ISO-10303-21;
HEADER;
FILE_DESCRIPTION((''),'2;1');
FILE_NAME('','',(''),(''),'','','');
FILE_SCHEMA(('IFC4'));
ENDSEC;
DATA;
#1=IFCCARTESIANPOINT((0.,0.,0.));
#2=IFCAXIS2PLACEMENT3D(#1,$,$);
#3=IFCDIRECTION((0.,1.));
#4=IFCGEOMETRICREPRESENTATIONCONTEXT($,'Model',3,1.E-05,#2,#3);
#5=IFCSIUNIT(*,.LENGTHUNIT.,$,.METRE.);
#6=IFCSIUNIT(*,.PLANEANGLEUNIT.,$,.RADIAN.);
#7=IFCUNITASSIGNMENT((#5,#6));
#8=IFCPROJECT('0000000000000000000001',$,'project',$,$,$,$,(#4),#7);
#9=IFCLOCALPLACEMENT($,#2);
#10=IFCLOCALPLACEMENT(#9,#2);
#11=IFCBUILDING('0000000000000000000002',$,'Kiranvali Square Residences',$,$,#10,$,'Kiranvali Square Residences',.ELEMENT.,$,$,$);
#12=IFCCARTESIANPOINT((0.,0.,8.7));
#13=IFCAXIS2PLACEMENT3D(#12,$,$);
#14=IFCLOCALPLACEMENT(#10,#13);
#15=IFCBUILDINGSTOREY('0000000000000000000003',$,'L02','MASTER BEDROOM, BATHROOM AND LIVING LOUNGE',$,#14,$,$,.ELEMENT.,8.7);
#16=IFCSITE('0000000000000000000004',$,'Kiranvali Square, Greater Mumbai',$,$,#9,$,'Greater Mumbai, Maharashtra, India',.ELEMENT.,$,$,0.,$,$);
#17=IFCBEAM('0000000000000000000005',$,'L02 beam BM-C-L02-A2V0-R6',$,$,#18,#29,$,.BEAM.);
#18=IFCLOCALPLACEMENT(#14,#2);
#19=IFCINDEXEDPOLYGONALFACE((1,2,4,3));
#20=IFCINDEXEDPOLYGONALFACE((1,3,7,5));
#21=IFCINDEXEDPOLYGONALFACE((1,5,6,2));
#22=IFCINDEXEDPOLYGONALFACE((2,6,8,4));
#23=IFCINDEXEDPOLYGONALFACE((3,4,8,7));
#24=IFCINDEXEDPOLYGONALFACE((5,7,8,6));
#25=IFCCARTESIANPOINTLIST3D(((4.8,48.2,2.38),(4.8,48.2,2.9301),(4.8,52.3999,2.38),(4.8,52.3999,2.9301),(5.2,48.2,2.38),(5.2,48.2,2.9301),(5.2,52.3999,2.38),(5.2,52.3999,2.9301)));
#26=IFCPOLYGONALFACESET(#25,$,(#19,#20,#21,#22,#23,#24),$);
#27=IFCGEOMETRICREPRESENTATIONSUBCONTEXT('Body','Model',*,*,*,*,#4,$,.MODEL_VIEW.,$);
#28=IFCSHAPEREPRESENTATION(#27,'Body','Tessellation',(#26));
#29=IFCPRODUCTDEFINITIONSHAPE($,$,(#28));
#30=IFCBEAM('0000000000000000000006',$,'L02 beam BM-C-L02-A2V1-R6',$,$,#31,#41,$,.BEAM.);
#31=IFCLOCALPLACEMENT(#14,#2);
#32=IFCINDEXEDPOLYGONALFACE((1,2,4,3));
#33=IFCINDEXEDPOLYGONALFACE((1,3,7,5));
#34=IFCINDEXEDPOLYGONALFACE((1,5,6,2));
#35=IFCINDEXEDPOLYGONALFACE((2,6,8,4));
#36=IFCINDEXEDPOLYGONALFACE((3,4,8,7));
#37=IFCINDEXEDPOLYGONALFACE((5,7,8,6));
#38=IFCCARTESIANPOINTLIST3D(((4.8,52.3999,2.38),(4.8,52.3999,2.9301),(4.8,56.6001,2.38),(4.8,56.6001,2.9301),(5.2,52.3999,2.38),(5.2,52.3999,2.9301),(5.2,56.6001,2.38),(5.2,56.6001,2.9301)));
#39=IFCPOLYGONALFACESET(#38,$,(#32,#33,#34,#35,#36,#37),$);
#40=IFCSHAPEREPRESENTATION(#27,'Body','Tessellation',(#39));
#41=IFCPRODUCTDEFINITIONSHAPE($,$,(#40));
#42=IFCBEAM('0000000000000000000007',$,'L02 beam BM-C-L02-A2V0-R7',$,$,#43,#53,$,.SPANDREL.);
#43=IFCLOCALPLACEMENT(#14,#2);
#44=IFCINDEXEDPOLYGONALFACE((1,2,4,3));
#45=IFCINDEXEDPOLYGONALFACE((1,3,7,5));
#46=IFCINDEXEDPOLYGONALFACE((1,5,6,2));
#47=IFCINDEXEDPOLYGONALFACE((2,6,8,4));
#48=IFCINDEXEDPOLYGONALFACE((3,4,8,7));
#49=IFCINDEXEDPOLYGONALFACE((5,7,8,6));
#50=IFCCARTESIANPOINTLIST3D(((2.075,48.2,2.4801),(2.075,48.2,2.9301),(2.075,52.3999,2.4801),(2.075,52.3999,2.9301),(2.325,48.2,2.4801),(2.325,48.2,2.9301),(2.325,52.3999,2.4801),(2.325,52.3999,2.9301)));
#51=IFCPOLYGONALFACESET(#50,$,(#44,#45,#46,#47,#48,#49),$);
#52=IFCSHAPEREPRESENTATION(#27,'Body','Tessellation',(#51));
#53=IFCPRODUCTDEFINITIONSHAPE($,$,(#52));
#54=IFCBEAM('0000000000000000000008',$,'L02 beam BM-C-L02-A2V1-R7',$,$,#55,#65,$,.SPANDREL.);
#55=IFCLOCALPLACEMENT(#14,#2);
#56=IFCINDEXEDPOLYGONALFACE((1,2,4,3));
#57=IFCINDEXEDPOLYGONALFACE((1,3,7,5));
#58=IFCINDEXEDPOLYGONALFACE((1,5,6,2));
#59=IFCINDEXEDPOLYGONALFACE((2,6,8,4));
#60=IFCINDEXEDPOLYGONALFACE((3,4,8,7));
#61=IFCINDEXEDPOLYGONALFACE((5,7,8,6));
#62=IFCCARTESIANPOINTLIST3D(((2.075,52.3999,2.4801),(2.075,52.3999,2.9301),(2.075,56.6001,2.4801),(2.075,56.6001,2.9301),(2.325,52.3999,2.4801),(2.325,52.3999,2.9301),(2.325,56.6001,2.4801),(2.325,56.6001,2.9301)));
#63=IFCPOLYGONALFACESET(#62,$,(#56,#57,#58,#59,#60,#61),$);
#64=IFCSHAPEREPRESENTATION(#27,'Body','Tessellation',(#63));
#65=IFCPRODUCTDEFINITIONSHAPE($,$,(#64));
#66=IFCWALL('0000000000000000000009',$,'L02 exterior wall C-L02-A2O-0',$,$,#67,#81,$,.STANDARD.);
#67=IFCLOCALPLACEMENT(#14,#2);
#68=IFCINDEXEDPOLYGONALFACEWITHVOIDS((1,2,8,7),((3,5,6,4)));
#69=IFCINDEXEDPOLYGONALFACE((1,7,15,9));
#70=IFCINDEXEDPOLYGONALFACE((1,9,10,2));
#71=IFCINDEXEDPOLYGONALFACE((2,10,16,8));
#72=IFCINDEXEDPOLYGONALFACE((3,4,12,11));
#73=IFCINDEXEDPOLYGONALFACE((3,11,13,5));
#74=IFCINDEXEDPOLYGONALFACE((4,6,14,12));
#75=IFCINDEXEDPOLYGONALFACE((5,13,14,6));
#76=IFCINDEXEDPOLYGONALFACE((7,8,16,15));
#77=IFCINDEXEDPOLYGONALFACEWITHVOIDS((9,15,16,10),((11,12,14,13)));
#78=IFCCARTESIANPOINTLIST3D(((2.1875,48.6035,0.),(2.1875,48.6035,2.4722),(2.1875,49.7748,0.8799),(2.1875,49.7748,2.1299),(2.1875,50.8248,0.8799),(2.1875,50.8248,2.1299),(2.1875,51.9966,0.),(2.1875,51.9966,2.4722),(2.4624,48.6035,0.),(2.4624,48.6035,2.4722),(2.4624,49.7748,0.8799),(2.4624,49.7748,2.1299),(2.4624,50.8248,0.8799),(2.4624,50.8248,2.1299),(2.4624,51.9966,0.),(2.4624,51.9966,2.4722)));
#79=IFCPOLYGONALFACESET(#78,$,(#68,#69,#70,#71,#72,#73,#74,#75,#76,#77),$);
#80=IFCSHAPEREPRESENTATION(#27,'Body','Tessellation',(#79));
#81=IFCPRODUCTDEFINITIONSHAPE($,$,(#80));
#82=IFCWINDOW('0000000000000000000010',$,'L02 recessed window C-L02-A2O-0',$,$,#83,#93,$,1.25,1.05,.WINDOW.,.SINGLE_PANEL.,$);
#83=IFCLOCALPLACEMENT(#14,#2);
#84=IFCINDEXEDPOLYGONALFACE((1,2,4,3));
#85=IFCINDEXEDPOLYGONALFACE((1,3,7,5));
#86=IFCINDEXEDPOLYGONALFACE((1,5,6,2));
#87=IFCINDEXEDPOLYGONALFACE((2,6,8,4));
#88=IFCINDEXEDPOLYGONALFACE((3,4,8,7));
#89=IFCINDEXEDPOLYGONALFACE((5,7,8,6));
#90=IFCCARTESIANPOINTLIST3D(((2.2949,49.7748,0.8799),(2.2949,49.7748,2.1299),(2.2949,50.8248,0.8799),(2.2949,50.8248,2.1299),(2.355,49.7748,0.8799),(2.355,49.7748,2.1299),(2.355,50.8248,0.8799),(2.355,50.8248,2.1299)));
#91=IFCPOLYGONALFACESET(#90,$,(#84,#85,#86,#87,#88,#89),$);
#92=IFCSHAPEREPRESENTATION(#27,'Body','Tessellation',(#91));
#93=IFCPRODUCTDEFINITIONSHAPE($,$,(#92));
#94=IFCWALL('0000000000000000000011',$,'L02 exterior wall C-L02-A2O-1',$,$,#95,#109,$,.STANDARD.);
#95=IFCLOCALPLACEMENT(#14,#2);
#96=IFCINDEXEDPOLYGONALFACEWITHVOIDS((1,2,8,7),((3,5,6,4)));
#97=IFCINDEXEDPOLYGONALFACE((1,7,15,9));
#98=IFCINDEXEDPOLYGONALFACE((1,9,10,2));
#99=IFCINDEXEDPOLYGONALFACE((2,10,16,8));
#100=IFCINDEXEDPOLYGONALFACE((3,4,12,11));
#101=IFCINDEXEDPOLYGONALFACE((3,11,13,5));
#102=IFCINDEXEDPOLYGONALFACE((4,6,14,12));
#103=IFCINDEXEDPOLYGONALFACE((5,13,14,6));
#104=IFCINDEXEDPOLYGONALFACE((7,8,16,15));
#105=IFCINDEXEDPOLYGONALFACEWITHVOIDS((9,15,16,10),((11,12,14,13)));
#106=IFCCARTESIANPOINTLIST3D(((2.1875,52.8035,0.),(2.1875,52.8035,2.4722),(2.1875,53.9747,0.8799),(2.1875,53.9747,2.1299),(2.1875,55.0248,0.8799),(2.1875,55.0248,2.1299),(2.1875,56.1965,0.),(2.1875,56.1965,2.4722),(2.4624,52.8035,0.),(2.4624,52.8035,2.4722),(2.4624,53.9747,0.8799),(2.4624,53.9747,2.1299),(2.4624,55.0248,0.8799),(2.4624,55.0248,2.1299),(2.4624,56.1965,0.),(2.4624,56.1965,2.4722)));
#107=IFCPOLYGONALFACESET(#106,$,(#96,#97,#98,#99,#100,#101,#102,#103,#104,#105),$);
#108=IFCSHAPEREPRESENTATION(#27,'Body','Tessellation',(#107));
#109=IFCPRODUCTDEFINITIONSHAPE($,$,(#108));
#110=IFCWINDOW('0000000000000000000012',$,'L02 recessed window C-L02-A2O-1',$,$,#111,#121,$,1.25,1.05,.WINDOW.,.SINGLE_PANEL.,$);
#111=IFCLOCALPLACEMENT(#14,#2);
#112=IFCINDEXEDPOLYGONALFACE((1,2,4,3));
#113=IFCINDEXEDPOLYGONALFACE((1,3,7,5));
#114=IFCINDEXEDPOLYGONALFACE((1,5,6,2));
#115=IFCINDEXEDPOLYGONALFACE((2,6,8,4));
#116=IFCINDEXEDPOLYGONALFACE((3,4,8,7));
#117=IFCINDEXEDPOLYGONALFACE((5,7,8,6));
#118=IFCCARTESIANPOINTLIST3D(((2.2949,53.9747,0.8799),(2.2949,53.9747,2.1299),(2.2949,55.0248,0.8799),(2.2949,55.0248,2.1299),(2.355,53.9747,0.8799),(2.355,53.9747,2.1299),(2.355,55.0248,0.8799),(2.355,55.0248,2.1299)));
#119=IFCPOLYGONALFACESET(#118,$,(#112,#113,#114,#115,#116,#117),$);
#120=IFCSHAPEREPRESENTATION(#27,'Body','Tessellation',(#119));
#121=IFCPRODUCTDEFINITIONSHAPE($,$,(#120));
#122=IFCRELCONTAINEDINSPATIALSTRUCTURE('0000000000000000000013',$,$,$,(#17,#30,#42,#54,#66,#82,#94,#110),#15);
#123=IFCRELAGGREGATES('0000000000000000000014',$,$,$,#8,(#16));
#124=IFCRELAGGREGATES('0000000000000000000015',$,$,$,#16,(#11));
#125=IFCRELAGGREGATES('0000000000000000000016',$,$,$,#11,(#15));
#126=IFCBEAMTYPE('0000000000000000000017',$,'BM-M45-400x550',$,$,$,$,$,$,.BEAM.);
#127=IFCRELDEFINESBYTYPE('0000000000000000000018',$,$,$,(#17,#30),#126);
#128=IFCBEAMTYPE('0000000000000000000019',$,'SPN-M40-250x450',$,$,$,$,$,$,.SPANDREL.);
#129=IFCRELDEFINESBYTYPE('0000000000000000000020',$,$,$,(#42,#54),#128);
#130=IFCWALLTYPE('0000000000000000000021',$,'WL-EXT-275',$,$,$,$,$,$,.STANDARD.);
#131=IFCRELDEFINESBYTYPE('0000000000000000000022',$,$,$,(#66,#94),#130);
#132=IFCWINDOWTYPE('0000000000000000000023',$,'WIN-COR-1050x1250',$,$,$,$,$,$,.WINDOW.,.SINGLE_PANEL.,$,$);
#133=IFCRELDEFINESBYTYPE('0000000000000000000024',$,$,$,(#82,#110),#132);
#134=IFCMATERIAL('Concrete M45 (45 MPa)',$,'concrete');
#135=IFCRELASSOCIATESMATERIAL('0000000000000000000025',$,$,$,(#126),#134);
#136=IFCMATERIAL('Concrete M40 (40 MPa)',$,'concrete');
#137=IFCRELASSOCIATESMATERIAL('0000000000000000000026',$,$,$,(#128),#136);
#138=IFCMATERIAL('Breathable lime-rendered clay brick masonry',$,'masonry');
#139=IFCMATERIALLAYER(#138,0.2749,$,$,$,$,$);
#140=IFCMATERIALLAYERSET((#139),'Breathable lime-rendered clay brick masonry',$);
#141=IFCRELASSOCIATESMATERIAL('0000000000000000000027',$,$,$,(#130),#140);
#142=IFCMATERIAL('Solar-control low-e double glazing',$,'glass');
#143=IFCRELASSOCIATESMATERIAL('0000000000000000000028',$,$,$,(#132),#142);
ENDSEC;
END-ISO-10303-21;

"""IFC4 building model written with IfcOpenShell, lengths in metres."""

from ifc_helpers import new_model, si_unit, direction, frame, frame_2d, origin, origin_2d, place, context, subcontext, project, spatial, rectangle, extrude, material, layer, layer_set, material_profile, profile_set, type_object, element, fill, save


model = new_model("IFC4")

# Units and contexts
model_context = context("Model", 3, precision=1e-05, world=origin(), true_north=direction((0.0, 1.0)))
body_context = subcontext(model_context, "Body", "Model", "MODEL_VIEW")
ifc_project = project(units=[si_unit("LENGTHUNIT", "METRE"), si_unit("PLANEANGLEUNIT", "RADIAN")], contexts=[model_context])

# Site, building, storey
site_placement = place(None, origin())
site = spatial("IfcSite", under=ifc_project, at=site_placement, Name="Kiranvali Square, Greater Mumbai", LongName="Greater Mumbai, Maharashtra, India", CompositionType="ELEMENT", RefElevation=0.0)
building_placement = place(site_placement, origin())
building = spatial("IfcBuilding", under=site, at=building_placement, Name="Kiranvali Square Residences", LongName="Kiranvali Square Residences", CompositionType="ELEMENT")
storey_placement = place(building_placement, frame((0.0, 0.0, 8.7)))
storey = spatial("IfcBuildingStorey", under=building, at=storey_placement, Name="L02", Description="MASTER BEDROOM, BATHROOM AND LIVING LOUNGE", CompositionType="ELEMENT", Elevation=8.7)

# Beams
ifc_material_1 = material(Name="Concrete M40 (40 MPa)", Category="concrete")
ifc_material_2 = material(Name="Concrete M45 (45 MPa)", Category="concrete")
ifc_material_profile_1 = material_profile(ifc_material_2, rectangle(XDim=0.3999, YDim=0.55, at=origin_2d()), Name="RC 400x550")
ifc_profile_set_1 = profile_set([ifc_material_profile_1], Name="Concrete M45 (45 MPa)")
beam_type_1 = type_object("IfcBeamType", Name="BM-M45-400x550", PredefinedType="BEAM", material=ifc_profile_set_1)
beam_1_placement = place(storey_placement, frame((5.0, 48.2, 2.655), z_axis=(0.0, 1.0, 0.0), x_axis=(-1.0, 0.0, 0.0)))
element("IfcBeam", 1, at=beam_1_placement, inside=storey, type_object=beam_type_1, Name="L02 beam BM-C-L02-A2V0-R6", PredefinedType="BEAM", context=body_context, shape_type="SweptSolid", body=[
    extrude(rectangle(XDim=0.3999, YDim=0.55, at=origin_2d()), origin(), (0.0, 0.0, 1.0), 4.2),
])
beam_2_placement = place(storey_placement, frame((5.0, 52.3999, 2.655), z_axis=(0.0, 1.0, 0.0), x_axis=(-1.0, 0.0, 0.0)))
element("IfcBeam", 2, at=beam_2_placement, inside=storey, type_object=beam_type_1, Name="L02 beam BM-C-L02-A2V1-R6", PredefinedType="BEAM", context=body_context, shape_type="SweptSolid", body=[
    extrude(rectangle(XDim=0.3999, YDim=0.55, at=origin_2d()), origin(), (0.0, 0.0, 1.0), 4.2002),
])
ifc_material_profile_2 = material_profile(ifc_material_1, rectangle(XDim=0.25, YDim=0.45, at=origin_2d()), Name="RC 250x450")
ifc_profile_set_2 = profile_set([ifc_material_profile_2], Name="Concrete M40 (40 MPa)")
beam_type_2 = type_object("IfcBeamType", Name="SPN-M40-250x450", PredefinedType="SPANDREL", material=ifc_profile_set_2)
beam_3_placement = place(storey_placement, frame((2.2, 48.2, 2.7051), z_axis=(0.0, 1.0, 0.0), x_axis=(-1.0, 0.0, 0.0)))
element("IfcBeam", 3, at=beam_3_placement, inside=storey, type_object=beam_type_2, Name="L02 beam BM-C-L02-A2V0-R7", PredefinedType="SPANDREL", context=body_context, shape_type="SweptSolid", body=[
    extrude(rectangle(XDim=0.25, YDim=0.45, at=origin_2d()), origin(), (0.0, 0.0, 1.0), 4.2),
])
beam_4_placement = place(storey_placement, frame((2.2, 52.3999, 2.7051), z_axis=(0.0, 1.0, 0.0), x_axis=(-1.0, 0.0, 0.0)))
element("IfcBeam", 4, at=beam_4_placement, inside=storey, type_object=beam_type_2, Name="L02 beam BM-C-L02-A2V1-R7", PredefinedType="SPANDREL", context=body_context, shape_type="SweptSolid", body=[
    extrude(rectangle(XDim=0.25, YDim=0.45, at=origin_2d()), origin(), (0.0, 0.0, 1.0), 4.2002),
])

# Walls, openings, windows
ifc_material_3 = material(Name="Breathable lime-rendered clay brick masonry", Category="masonry")
ifc_layer = layer(ifc_material_3, 0.2749)
ifc_layer_set = layer_set([ifc_layer], Name="Breathable lime-rendered clay brick masonry")
wall_type = type_object("IfcWallType", Name="WL-EXT-275", PredefinedType="STANDARD", material=ifc_layer_set)
wall_1_placement = place(storey_placement, frame((2.325, 48.6035, 0.0), z_axis=(0.0, 0.0, 1.0), x_axis=(0.0, 1.0, 0.0)))
wall_1 = element("IfcWall", 5, at=wall_1_placement, inside=storey, type_object=wall_type, Name="L02 exterior wall C-L02-A2O-0", PredefinedType="STANDARD", context=body_context, shape_type="SweptSolid", body=[
    extrude(rectangle(XDim=3.3931, YDim=0.2749, at=frame_2d((1.6965, 0.0))), origin(), (0.0, 0.0, 1.0), 2.4722),
])
opening_1_placement = place(wall_1_placement, frame((1.1714, 0.0, 0.8799)))
opening_1 = element("IfcOpeningElement", 6, at=opening_1_placement, cuts=wall_1, PredefinedType="OPENING", context=body_context, shape_type="SweptSolid", body=[
    extrude(rectangle(XDim=1.05, YDim=1.25, at=frame_2d((0.5249, 0.625))), frame((0.0, 0.1475, 0.0), z_axis=(0.0, -1.0, 0.0), x_axis=(1.0, 0.0, 0.0)), (0.0, 0.0, 1.0), 0.2949),
])
ifc_material_4 = material(Name="Solar-control low-e double glazing", Category="glass")
window_type = type_object("IfcWindowType", Name="WIN-COR-1050x1250", PartitioningType="SINGLE_PANEL", PredefinedType="WINDOW", material=ifc_material_4)
window_1_placement = place(opening_1_placement, origin())
window_1 = element("IfcWindow", 7, at=window_1_placement, inside=storey, type_object=window_type, Name="L02 recessed window C-L02-A2O-0", OverallHeight=1.25, OverallWidth=1.05, PartitioningType="SINGLE_PANEL", PredefinedType="WINDOW", context=body_context, shape_type="SweptSolid", body=[
    extrude(rectangle(XDim=1.05, YDim=1.25, at=frame_2d((0.5249, 0.625))), frame((0.0, 0.03, 0.0), z_axis=(0.0, -1.0, 0.0), x_axis=(1.0, 0.0, 0.0)), (0.0, 0.0, 1.0), 0.0601),
])
fill(opening_1, window_1)
wall_2_placement = place(storey_placement, frame((2.325, 52.8035, 0.0), z_axis=(0.0, 0.0, 1.0), x_axis=(0.0, 1.0, 0.0)))
wall_2 = element("IfcWall", 8, at=wall_2_placement, inside=storey, type_object=wall_type, Name="L02 exterior wall C-L02-A2O-1", PredefinedType="STANDARD", context=body_context, shape_type="SweptSolid", body=[
    extrude(rectangle(XDim=3.3931, YDim=0.2749, at=frame_2d((1.6965, 0.0))), origin(), (0.0, 0.0, 1.0), 2.4722),
])
opening_2_placement = place(wall_2_placement, frame((1.1714, 0.0, 0.8799)))
opening_2 = element("IfcOpeningElement", 9, at=opening_2_placement, cuts=wall_2, PredefinedType="OPENING", context=body_context, shape_type="SweptSolid", body=[
    extrude(rectangle(XDim=1.05, YDim=1.25, at=frame_2d((0.5249, 0.625))), frame((0.0, 0.1475, 0.0), z_axis=(0.0, -1.0, 0.0), x_axis=(1.0, 0.0, 0.0)), (0.0, 0.0, 1.0), 0.2949),
])
window_2_placement = place(opening_2_placement, origin())
window_2 = element("IfcWindow", 10, at=window_2_placement, inside=storey, type_object=window_type, Name="L02 recessed window C-L02-A2O-1", OverallHeight=1.25, OverallWidth=1.05, PartitioningType="SINGLE_PANEL", PredefinedType="WINDOW", context=body_context, shape_type="SweptSolid", body=[
    extrude(rectangle(XDim=1.05, YDim=1.25, at=frame_2d((0.5249, 0.625))), frame((0.0, 0.03, 0.0), z_axis=(0.0, -1.0, 0.0), x_axis=(1.0, 0.0, 0.0)), (0.0, 0.0, 1.0), 0.0601),
])
fill(opening_2, window_2)

save(model, "model.ifc")
